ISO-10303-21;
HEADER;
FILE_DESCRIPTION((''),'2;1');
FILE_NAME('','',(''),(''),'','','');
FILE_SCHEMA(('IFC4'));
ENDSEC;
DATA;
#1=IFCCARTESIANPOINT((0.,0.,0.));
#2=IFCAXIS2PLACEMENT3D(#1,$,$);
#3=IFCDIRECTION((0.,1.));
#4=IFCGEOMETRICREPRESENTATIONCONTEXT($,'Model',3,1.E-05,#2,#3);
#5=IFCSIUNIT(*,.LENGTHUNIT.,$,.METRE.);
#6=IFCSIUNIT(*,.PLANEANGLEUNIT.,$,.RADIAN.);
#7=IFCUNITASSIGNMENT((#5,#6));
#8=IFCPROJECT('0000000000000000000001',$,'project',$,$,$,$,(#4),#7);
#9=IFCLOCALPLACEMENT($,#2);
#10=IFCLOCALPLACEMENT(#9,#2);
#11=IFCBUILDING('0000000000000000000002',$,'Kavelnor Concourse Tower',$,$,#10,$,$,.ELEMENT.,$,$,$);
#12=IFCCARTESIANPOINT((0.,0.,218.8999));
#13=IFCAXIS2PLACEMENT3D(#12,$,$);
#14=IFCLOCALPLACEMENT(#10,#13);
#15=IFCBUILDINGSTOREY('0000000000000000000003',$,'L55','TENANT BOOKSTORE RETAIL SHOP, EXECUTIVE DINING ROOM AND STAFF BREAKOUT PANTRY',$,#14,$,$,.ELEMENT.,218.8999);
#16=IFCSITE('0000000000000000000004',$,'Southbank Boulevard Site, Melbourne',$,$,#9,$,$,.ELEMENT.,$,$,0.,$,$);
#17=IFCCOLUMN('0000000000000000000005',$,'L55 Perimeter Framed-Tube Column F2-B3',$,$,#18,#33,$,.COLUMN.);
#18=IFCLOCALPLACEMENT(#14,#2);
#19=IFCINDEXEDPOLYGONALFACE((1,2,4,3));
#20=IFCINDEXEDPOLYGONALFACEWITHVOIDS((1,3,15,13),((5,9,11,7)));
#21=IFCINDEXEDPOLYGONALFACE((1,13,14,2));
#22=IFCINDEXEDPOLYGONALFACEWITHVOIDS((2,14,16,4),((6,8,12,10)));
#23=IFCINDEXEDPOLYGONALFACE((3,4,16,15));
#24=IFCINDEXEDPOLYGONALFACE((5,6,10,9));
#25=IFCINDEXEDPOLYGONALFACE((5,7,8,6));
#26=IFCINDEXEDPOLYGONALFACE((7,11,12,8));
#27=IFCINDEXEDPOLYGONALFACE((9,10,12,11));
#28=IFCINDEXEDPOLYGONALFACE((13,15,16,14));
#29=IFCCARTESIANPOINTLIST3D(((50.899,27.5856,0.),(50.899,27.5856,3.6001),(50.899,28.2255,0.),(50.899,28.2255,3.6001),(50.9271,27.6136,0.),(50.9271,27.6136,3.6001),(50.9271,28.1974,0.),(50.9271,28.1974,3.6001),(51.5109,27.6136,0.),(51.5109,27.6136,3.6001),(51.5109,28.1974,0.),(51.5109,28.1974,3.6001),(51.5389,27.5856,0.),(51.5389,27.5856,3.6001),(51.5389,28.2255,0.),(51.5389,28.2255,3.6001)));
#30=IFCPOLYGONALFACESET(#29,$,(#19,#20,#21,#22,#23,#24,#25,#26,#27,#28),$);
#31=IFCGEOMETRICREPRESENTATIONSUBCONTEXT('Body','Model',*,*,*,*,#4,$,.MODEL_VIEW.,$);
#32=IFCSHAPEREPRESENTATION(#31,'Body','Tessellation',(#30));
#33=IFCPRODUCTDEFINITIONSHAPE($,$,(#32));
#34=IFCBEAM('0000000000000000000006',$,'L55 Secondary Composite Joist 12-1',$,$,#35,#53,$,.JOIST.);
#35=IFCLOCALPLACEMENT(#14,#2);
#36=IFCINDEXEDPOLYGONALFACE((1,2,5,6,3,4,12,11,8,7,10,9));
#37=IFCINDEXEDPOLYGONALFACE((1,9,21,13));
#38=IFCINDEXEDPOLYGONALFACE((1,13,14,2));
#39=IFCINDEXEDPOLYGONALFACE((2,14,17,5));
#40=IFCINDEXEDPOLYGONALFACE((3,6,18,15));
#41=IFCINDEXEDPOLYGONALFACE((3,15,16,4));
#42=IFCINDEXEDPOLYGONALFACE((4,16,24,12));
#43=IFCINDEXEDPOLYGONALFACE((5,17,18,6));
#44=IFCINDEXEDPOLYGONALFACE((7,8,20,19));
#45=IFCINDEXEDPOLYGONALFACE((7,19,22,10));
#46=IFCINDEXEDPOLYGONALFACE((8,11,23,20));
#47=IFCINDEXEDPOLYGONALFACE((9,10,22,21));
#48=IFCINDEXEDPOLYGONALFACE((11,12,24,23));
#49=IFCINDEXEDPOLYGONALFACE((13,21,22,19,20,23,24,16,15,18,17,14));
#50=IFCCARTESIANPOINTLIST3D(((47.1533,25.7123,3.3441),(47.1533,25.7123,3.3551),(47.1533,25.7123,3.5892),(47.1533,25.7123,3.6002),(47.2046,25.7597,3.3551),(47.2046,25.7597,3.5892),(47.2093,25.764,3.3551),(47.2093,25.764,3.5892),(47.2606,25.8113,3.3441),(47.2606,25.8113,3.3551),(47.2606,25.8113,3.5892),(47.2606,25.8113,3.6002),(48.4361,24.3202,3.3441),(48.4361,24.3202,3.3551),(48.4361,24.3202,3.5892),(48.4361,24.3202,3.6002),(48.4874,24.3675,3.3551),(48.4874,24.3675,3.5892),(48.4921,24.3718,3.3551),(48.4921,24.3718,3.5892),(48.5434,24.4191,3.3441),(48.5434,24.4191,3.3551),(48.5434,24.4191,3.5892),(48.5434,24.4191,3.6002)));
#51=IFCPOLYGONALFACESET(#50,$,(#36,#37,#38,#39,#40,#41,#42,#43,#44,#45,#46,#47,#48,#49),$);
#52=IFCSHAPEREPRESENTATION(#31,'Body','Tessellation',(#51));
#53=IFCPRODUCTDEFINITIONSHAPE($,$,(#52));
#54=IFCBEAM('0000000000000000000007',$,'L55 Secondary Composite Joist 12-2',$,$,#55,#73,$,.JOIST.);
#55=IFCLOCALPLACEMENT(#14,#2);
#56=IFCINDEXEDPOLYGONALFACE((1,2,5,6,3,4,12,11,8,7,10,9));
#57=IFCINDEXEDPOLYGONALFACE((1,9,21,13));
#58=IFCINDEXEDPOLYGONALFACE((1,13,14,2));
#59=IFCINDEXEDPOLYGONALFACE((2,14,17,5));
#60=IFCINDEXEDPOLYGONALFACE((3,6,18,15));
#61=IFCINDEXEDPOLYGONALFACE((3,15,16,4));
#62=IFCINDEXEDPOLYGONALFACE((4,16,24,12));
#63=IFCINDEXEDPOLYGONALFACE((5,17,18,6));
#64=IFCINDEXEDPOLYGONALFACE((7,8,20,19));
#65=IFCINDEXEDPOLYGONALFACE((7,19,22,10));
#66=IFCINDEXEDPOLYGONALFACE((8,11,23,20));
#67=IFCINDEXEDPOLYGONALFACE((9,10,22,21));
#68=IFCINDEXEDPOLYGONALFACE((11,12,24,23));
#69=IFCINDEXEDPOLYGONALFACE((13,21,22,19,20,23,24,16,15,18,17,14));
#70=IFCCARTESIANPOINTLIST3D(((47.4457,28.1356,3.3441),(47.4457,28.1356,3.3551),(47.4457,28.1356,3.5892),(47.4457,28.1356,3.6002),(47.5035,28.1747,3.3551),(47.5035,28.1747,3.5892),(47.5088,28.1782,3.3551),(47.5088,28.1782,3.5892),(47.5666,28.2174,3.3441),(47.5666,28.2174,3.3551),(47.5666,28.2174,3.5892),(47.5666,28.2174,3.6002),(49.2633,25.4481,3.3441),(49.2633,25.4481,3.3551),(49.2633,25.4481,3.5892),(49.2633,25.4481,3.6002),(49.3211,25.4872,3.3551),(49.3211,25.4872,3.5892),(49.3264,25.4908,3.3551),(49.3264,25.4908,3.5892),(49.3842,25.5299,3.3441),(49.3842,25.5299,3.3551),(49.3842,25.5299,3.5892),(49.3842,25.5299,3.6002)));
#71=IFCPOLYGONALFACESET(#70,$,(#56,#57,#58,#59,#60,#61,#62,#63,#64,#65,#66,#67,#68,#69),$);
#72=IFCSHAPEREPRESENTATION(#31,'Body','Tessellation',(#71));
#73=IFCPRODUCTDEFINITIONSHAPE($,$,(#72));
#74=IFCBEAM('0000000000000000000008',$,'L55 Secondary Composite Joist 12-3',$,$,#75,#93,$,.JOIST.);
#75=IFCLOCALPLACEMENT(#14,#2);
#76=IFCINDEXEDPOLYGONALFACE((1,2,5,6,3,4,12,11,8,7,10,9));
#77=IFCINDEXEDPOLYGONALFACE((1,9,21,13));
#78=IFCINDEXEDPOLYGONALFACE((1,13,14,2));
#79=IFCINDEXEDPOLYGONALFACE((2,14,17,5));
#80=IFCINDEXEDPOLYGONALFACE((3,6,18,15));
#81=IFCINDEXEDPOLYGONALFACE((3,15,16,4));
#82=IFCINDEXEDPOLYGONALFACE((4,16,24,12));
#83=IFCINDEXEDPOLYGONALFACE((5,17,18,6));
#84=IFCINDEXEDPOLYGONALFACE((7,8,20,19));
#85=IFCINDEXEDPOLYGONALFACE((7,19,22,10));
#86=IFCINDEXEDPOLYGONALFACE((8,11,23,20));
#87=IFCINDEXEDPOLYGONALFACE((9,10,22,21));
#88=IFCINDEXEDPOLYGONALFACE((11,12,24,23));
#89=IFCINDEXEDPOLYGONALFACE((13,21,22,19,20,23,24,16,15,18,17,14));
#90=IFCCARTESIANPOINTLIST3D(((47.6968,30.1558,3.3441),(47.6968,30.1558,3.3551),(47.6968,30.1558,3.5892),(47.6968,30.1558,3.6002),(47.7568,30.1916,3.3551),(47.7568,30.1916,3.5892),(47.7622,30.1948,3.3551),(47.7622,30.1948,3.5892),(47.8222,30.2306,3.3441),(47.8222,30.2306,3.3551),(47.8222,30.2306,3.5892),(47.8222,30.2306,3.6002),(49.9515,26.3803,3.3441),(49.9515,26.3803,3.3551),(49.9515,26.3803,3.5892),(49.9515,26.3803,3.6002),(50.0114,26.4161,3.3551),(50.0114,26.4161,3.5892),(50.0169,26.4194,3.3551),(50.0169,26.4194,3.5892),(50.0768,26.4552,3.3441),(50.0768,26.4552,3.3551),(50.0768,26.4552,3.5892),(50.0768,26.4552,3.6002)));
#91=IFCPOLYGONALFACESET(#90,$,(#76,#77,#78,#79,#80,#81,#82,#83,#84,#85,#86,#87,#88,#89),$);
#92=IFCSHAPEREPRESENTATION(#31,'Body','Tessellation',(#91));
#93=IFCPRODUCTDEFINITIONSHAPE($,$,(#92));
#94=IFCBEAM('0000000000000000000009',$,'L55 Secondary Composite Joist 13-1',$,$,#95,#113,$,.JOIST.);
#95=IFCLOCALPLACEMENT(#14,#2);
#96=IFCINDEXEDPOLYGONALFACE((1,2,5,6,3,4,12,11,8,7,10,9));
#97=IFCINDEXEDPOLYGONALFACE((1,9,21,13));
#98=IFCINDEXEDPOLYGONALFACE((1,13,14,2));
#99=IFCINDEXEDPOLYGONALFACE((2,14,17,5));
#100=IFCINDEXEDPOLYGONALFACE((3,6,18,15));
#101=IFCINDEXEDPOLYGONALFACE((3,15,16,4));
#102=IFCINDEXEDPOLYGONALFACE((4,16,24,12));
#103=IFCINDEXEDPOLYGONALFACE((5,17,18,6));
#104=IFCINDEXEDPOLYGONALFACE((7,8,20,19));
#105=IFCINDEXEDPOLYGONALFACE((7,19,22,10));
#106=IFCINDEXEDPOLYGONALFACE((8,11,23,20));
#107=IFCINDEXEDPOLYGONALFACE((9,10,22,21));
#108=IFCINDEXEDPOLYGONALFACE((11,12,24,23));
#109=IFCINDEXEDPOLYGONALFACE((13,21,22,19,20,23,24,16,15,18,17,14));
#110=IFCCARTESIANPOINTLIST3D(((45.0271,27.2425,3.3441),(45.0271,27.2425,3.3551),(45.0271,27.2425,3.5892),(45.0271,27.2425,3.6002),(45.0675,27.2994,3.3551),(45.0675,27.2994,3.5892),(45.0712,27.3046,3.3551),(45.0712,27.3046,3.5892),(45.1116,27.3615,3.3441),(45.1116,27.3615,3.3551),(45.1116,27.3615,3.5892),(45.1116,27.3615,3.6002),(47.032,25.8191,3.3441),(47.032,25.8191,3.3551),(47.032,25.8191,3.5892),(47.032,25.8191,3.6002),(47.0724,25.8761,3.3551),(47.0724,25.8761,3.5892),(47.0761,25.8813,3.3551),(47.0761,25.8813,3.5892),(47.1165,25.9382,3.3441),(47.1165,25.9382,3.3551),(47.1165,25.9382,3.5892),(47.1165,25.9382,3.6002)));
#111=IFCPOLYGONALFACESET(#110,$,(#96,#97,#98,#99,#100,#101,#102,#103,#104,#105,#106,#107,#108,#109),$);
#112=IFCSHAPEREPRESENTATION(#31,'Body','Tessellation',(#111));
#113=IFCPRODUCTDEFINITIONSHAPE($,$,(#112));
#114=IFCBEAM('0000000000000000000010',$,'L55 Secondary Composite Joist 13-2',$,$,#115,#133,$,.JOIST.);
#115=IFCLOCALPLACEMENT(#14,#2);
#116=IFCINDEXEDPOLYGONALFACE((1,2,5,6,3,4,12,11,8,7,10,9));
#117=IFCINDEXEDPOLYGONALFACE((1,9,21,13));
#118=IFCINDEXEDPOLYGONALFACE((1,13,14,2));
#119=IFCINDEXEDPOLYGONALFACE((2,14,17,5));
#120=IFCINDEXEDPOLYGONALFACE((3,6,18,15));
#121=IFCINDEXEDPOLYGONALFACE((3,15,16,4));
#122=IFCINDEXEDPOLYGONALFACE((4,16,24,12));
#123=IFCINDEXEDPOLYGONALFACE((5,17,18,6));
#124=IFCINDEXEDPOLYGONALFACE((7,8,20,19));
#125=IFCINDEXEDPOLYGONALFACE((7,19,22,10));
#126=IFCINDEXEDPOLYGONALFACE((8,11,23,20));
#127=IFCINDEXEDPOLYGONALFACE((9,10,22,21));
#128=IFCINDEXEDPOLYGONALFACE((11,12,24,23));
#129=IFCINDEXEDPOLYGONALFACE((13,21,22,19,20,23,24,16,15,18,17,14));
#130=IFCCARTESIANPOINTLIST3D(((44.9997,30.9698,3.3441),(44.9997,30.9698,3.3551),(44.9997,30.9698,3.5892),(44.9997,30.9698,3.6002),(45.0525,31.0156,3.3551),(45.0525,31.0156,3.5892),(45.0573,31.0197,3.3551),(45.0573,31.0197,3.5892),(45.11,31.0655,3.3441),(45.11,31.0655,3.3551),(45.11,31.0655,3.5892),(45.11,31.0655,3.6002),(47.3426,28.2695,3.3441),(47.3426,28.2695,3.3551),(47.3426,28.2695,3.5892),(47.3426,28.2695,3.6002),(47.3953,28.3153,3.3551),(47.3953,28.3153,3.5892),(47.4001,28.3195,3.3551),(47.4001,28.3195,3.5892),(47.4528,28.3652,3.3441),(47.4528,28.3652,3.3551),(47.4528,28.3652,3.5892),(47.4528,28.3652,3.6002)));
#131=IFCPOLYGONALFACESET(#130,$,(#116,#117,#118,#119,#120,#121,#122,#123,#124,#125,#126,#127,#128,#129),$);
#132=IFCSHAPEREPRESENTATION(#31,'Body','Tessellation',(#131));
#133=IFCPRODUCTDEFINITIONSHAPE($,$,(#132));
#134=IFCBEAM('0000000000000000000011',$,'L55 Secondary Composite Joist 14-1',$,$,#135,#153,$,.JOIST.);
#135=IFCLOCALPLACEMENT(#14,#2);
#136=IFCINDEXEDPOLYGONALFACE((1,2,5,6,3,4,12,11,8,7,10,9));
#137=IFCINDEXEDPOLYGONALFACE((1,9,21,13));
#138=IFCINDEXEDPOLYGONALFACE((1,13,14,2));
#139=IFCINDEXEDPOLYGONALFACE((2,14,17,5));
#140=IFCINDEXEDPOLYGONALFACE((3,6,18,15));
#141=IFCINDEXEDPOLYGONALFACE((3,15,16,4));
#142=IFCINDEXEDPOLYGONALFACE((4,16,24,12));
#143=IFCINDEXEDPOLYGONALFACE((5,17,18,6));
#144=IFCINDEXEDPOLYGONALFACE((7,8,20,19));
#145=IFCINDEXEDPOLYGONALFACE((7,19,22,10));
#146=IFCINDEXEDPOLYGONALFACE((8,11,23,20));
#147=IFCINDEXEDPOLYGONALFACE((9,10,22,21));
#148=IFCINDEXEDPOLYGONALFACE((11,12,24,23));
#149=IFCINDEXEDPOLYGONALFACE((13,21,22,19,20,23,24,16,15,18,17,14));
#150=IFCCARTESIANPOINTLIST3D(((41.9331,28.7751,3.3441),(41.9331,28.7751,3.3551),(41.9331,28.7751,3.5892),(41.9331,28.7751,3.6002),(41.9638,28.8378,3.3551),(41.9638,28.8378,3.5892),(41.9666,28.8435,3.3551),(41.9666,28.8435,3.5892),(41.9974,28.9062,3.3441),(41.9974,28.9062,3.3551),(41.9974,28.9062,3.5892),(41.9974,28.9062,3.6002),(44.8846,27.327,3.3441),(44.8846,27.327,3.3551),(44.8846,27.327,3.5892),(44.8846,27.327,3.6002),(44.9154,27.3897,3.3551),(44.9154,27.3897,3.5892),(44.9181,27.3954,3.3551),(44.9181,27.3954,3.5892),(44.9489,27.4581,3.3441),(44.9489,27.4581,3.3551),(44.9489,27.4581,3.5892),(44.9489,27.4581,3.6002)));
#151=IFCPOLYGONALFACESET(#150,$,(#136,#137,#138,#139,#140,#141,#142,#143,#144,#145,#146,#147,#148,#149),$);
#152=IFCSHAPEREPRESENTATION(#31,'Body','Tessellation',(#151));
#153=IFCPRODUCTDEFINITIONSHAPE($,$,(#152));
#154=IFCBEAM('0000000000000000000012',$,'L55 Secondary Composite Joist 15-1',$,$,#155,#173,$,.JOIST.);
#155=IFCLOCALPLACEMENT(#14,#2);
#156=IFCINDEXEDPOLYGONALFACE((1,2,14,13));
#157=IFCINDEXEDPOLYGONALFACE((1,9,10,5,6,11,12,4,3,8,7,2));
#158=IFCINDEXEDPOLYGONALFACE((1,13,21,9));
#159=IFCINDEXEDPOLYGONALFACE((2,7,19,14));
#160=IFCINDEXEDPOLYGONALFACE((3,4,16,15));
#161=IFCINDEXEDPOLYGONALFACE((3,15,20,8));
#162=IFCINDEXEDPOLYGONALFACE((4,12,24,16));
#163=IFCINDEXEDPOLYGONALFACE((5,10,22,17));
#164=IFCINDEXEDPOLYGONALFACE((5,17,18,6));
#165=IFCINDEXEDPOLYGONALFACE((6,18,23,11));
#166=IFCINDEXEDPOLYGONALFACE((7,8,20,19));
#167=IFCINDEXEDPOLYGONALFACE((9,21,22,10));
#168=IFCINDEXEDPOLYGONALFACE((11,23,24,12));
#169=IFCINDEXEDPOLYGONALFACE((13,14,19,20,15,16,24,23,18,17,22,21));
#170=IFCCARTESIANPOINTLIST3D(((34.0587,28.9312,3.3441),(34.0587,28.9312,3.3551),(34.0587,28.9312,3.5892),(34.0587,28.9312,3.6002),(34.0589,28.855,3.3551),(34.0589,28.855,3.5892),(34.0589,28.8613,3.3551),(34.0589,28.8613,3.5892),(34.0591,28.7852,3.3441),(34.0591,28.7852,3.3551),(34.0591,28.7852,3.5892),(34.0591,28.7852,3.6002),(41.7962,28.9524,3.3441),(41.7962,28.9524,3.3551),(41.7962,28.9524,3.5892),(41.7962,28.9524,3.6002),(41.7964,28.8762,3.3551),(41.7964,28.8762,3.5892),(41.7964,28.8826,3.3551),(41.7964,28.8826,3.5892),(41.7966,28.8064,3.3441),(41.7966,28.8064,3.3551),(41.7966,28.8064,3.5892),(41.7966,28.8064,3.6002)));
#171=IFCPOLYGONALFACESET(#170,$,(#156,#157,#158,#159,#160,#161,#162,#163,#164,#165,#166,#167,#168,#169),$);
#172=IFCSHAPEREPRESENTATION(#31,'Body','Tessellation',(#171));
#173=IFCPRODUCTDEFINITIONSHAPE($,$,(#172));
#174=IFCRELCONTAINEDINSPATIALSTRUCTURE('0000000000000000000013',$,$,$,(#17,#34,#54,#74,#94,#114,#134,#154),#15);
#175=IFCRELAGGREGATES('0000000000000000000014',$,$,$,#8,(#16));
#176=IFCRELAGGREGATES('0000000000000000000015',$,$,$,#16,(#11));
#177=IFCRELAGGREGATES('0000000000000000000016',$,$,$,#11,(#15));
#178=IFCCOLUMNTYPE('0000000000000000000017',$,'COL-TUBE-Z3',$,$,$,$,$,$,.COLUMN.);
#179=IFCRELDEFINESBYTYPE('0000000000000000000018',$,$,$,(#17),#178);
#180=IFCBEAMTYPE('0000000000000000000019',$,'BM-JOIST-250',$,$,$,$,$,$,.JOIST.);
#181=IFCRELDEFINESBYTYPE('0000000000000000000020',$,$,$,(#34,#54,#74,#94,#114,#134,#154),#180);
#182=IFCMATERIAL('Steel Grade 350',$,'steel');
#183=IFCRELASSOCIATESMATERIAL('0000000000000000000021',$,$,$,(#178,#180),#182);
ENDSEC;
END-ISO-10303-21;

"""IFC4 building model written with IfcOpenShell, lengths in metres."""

from ifc_helpers import new_model, si_unit, direction, frame, origin, origin_2d, place, context, subcontext, project, spatial, hollow_rectangle, i_section, extrude, material, material_profile, profile_set, type_object, element, save


model = new_model("IFC4")

# Units and contexts
model_context = context("Model", 3, precision=1e-05, world=origin(), true_north=direction((0.0, 1.0)))
body_context = subcontext(model_context, "Body", "Model", "MODEL_VIEW")
ifc_project = project(units=[si_unit("LENGTHUNIT", "METRE"), si_unit("PLANEANGLEUNIT", "RADIAN")], contexts=[model_context])

# Site, building, storey
site_placement = place(None, origin())
site = spatial("IfcSite", under=ifc_project, at=site_placement, Name="Southbank Boulevard Site, Melbourne", CompositionType="ELEMENT", RefElevation=0.0)
building_placement = place(site_placement, origin())
building = spatial("IfcBuilding", under=site, at=building_placement, Name="Kavelnor Concourse Tower", CompositionType="ELEMENT")
storey_placement = place(building_placement, frame((0.0, 0.0, 218.8999)))
storey = spatial("IfcBuildingStorey", under=building, at=storey_placement, Name="L55", Description="TENANT BOOKSTORE RETAIL SHOP, EXECUTIVE DINING ROOM AND STAFF BREAKOUT PANTRY", CompositionType="ELEMENT", Elevation=218.8999)

# Column
ifc_material_1 = material(Name="Steel Grade 350", Category="steel")
ifc_material_profile_1 = material_profile(ifc_material_1, hollow_rectangle(XDim=0.6399, YDim=0.6399, WallThickness=0.0281, at=origin_2d()), Name="SHS 640x640x28")
ifc_profile_set_1 = profile_set([ifc_material_profile_1], Name="Steel Grade 350")
column_type = type_object("IfcColumnType", Name="COL-TUBE-Z3", PredefinedType="COLUMN", material=ifc_profile_set_1)
column_placement = place(storey_placement, frame((51.219, 27.9055, 0.0), z_axis=(0.0, 0.0, 1.0), x_axis=(1.0, 0.0, 0.0)))
element("IfcColumn", 1, at=column_placement, inside=storey, type_object=column_type, Name="L55 Perimeter Framed-Tube Column F2-B3", PredefinedType="COLUMN", context=body_context, shape_type="SweptSolid", body=[
    extrude(hollow_rectangle(XDim=0.6399, YDim=0.6399, WallThickness=0.0281, at=origin_2d()), origin(), (0.0, 0.0, 1.0), 3.6001),
])

# Beams
ifc_material_profile_2 = material_profile(ifc_material_1, i_section(OverallWidth=0.146, OverallDepth=0.2561, WebThickness=0.0063, FlangeThickness=0.011, at=origin_2d()), Name="250UB37")
ifc_profile_set_2 = profile_set([ifc_material_profile_2], Name="Steel Grade 350")
beam_type_1 = type_object("IfcBeamType", Name="BM-JOIST-250", PredefinedType="JOIST", material=ifc_profile_set_2)
beam_1_placement = place(storey_placement, frame((48.4897, 24.3696, 3.4722), z_axis=(-0.677626, 0.735406, 0.0), x_axis=(-0.735406, -0.677626, 0.0)))
element("IfcBeam", 2, at=beam_1_placement, inside=storey, type_object=beam_type_1, Name="L55 Secondary Composite Joist 12-1", PredefinedType="JOIST", context=body_context, shape_type="SweptSolid", body=[
    extrude(i_section(OverallWidth=0.146, OverallDepth=0.2561, WebThickness=0.0063, FlangeThickness=0.011, at=origin_2d()), origin(), (0.0, 0.0, 1.0), 1.8931),
])
beam_2_placement = place(storey_placement, frame((49.3237, 25.489, 3.4722), z_axis=(-0.560227, 0.828339, 0.0), x_axis=(-0.828339, -0.560227, 0.0)))
element("IfcBeam", 3, at=beam_2_placement, inside=storey, type_object=beam_type_1, Name="L55 Secondary Composite Joist 12-2", PredefinedType="JOIST", context=body_context, shape_type="SweptSolid", body=[
    extrude(i_section(OverallWidth=0.146, OverallDepth=0.2561, WebThickness=0.0063, FlangeThickness=0.011, at=origin_2d()), origin(), (0.0, 0.0, 1.0), 3.2444),
])
beam_3_placement = place(storey_placement, frame((50.0142, 26.4177, 3.4722), z_axis=(-0.512723, 0.858554, 0.0), x_axis=(-0.858554, -0.512723, 0.0)))
element("IfcBeam", 4, at=beam_3_placement, inside=storey, type_object=beam_type_1, Name="L55 Secondary Composite Joist 12-3", PredefinedType="JOIST", context=body_context, shape_type="SweptSolid", body=[
    extrude(i_section(OverallWidth=0.146, OverallDepth=0.2561, WebThickness=0.0063, FlangeThickness=0.011, at=origin_2d()), origin(), (0.0, 0.0, 1.0), 4.3975),
])
beam_4_placement = place(storey_placement, frame((47.0742, 25.8787, 3.4722), z_axis=(-0.815407, 0.578888, 0.0), x_axis=(-0.578888, -0.815407, 0.0)))
element("IfcBeam", 5, at=beam_4_placement, inside=storey, type_object=beam_type_1, Name="L55 Secondary Composite Joist 13-1", PredefinedType="JOIST", context=body_context, shape_type="SweptSolid", body=[
    extrude(i_section(OverallWidth=0.146, OverallDepth=0.2561, WebThickness=0.0063, FlangeThickness=0.011, at=origin_2d()), origin(), (0.0, 0.0, 1.0), 2.4587),
])
beam_5_placement = place(storey_placement, frame((47.3977, 28.3174, 3.4722), z_axis=(-0.655346, 0.755328, 0.0), x_axis=(-0.755328, -0.655346, 0.0)))
element("IfcBeam", 6, at=beam_5_placement, inside=storey, type_object=beam_type_1, Name="L55 Secondary Composite Joist 13-2", PredefinedType="JOIST", context=body_context, shape_type="SweptSolid", body=[
    extrude(i_section(OverallWidth=0.146, OverallDepth=0.2561, WebThickness=0.0063, FlangeThickness=0.011, at=origin_2d()), origin(), (0.0, 0.0, 1.0), 3.575),
])
beam_6_placement = place(storey_placement, frame((44.9167, 27.3926, 3.4722), z_axis=(-0.897773, 0.440458, 0.0), x_axis=(-0.440458, -0.897773, 0.0)))
element("IfcBeam", 7, at=beam_6_placement, inside=storey, type_object=beam_type_1, Name="L55 Secondary Composite Joist 14-1", PredefinedType="JOIST", context=body_context, shape_type="SweptSolid", body=[
    extrude(i_section(OverallWidth=0.146, OverallDepth=0.2561, WebThickness=0.0063, FlangeThickness=0.011, at=origin_2d()), origin(), (0.0, 0.0, 1.0), 3.2876),
])
beam_7_placement = place(storey_placement, frame((41.7964, 28.8794, 3.4722), z_axis=(-0.999996, -0.002745, 0.0), x_axis=(0.002745, -0.999996, 0.0)))
element("IfcBeam", 8, at=beam_7_placement, inside=storey, type_object=beam_type_1, Name="L55 Secondary Composite Joist 15-1", PredefinedType="JOIST", context=body_context, shape_type="SweptSolid", body=[
    extrude(i_section(OverallWidth=0.146, OverallDepth=0.2561, WebThickness=0.0063, FlangeThickness=0.011, at=origin_2d()), origin(), (0.0, 0.0, 1.0), 7.7375),
])

save(model, "model.ifc")
